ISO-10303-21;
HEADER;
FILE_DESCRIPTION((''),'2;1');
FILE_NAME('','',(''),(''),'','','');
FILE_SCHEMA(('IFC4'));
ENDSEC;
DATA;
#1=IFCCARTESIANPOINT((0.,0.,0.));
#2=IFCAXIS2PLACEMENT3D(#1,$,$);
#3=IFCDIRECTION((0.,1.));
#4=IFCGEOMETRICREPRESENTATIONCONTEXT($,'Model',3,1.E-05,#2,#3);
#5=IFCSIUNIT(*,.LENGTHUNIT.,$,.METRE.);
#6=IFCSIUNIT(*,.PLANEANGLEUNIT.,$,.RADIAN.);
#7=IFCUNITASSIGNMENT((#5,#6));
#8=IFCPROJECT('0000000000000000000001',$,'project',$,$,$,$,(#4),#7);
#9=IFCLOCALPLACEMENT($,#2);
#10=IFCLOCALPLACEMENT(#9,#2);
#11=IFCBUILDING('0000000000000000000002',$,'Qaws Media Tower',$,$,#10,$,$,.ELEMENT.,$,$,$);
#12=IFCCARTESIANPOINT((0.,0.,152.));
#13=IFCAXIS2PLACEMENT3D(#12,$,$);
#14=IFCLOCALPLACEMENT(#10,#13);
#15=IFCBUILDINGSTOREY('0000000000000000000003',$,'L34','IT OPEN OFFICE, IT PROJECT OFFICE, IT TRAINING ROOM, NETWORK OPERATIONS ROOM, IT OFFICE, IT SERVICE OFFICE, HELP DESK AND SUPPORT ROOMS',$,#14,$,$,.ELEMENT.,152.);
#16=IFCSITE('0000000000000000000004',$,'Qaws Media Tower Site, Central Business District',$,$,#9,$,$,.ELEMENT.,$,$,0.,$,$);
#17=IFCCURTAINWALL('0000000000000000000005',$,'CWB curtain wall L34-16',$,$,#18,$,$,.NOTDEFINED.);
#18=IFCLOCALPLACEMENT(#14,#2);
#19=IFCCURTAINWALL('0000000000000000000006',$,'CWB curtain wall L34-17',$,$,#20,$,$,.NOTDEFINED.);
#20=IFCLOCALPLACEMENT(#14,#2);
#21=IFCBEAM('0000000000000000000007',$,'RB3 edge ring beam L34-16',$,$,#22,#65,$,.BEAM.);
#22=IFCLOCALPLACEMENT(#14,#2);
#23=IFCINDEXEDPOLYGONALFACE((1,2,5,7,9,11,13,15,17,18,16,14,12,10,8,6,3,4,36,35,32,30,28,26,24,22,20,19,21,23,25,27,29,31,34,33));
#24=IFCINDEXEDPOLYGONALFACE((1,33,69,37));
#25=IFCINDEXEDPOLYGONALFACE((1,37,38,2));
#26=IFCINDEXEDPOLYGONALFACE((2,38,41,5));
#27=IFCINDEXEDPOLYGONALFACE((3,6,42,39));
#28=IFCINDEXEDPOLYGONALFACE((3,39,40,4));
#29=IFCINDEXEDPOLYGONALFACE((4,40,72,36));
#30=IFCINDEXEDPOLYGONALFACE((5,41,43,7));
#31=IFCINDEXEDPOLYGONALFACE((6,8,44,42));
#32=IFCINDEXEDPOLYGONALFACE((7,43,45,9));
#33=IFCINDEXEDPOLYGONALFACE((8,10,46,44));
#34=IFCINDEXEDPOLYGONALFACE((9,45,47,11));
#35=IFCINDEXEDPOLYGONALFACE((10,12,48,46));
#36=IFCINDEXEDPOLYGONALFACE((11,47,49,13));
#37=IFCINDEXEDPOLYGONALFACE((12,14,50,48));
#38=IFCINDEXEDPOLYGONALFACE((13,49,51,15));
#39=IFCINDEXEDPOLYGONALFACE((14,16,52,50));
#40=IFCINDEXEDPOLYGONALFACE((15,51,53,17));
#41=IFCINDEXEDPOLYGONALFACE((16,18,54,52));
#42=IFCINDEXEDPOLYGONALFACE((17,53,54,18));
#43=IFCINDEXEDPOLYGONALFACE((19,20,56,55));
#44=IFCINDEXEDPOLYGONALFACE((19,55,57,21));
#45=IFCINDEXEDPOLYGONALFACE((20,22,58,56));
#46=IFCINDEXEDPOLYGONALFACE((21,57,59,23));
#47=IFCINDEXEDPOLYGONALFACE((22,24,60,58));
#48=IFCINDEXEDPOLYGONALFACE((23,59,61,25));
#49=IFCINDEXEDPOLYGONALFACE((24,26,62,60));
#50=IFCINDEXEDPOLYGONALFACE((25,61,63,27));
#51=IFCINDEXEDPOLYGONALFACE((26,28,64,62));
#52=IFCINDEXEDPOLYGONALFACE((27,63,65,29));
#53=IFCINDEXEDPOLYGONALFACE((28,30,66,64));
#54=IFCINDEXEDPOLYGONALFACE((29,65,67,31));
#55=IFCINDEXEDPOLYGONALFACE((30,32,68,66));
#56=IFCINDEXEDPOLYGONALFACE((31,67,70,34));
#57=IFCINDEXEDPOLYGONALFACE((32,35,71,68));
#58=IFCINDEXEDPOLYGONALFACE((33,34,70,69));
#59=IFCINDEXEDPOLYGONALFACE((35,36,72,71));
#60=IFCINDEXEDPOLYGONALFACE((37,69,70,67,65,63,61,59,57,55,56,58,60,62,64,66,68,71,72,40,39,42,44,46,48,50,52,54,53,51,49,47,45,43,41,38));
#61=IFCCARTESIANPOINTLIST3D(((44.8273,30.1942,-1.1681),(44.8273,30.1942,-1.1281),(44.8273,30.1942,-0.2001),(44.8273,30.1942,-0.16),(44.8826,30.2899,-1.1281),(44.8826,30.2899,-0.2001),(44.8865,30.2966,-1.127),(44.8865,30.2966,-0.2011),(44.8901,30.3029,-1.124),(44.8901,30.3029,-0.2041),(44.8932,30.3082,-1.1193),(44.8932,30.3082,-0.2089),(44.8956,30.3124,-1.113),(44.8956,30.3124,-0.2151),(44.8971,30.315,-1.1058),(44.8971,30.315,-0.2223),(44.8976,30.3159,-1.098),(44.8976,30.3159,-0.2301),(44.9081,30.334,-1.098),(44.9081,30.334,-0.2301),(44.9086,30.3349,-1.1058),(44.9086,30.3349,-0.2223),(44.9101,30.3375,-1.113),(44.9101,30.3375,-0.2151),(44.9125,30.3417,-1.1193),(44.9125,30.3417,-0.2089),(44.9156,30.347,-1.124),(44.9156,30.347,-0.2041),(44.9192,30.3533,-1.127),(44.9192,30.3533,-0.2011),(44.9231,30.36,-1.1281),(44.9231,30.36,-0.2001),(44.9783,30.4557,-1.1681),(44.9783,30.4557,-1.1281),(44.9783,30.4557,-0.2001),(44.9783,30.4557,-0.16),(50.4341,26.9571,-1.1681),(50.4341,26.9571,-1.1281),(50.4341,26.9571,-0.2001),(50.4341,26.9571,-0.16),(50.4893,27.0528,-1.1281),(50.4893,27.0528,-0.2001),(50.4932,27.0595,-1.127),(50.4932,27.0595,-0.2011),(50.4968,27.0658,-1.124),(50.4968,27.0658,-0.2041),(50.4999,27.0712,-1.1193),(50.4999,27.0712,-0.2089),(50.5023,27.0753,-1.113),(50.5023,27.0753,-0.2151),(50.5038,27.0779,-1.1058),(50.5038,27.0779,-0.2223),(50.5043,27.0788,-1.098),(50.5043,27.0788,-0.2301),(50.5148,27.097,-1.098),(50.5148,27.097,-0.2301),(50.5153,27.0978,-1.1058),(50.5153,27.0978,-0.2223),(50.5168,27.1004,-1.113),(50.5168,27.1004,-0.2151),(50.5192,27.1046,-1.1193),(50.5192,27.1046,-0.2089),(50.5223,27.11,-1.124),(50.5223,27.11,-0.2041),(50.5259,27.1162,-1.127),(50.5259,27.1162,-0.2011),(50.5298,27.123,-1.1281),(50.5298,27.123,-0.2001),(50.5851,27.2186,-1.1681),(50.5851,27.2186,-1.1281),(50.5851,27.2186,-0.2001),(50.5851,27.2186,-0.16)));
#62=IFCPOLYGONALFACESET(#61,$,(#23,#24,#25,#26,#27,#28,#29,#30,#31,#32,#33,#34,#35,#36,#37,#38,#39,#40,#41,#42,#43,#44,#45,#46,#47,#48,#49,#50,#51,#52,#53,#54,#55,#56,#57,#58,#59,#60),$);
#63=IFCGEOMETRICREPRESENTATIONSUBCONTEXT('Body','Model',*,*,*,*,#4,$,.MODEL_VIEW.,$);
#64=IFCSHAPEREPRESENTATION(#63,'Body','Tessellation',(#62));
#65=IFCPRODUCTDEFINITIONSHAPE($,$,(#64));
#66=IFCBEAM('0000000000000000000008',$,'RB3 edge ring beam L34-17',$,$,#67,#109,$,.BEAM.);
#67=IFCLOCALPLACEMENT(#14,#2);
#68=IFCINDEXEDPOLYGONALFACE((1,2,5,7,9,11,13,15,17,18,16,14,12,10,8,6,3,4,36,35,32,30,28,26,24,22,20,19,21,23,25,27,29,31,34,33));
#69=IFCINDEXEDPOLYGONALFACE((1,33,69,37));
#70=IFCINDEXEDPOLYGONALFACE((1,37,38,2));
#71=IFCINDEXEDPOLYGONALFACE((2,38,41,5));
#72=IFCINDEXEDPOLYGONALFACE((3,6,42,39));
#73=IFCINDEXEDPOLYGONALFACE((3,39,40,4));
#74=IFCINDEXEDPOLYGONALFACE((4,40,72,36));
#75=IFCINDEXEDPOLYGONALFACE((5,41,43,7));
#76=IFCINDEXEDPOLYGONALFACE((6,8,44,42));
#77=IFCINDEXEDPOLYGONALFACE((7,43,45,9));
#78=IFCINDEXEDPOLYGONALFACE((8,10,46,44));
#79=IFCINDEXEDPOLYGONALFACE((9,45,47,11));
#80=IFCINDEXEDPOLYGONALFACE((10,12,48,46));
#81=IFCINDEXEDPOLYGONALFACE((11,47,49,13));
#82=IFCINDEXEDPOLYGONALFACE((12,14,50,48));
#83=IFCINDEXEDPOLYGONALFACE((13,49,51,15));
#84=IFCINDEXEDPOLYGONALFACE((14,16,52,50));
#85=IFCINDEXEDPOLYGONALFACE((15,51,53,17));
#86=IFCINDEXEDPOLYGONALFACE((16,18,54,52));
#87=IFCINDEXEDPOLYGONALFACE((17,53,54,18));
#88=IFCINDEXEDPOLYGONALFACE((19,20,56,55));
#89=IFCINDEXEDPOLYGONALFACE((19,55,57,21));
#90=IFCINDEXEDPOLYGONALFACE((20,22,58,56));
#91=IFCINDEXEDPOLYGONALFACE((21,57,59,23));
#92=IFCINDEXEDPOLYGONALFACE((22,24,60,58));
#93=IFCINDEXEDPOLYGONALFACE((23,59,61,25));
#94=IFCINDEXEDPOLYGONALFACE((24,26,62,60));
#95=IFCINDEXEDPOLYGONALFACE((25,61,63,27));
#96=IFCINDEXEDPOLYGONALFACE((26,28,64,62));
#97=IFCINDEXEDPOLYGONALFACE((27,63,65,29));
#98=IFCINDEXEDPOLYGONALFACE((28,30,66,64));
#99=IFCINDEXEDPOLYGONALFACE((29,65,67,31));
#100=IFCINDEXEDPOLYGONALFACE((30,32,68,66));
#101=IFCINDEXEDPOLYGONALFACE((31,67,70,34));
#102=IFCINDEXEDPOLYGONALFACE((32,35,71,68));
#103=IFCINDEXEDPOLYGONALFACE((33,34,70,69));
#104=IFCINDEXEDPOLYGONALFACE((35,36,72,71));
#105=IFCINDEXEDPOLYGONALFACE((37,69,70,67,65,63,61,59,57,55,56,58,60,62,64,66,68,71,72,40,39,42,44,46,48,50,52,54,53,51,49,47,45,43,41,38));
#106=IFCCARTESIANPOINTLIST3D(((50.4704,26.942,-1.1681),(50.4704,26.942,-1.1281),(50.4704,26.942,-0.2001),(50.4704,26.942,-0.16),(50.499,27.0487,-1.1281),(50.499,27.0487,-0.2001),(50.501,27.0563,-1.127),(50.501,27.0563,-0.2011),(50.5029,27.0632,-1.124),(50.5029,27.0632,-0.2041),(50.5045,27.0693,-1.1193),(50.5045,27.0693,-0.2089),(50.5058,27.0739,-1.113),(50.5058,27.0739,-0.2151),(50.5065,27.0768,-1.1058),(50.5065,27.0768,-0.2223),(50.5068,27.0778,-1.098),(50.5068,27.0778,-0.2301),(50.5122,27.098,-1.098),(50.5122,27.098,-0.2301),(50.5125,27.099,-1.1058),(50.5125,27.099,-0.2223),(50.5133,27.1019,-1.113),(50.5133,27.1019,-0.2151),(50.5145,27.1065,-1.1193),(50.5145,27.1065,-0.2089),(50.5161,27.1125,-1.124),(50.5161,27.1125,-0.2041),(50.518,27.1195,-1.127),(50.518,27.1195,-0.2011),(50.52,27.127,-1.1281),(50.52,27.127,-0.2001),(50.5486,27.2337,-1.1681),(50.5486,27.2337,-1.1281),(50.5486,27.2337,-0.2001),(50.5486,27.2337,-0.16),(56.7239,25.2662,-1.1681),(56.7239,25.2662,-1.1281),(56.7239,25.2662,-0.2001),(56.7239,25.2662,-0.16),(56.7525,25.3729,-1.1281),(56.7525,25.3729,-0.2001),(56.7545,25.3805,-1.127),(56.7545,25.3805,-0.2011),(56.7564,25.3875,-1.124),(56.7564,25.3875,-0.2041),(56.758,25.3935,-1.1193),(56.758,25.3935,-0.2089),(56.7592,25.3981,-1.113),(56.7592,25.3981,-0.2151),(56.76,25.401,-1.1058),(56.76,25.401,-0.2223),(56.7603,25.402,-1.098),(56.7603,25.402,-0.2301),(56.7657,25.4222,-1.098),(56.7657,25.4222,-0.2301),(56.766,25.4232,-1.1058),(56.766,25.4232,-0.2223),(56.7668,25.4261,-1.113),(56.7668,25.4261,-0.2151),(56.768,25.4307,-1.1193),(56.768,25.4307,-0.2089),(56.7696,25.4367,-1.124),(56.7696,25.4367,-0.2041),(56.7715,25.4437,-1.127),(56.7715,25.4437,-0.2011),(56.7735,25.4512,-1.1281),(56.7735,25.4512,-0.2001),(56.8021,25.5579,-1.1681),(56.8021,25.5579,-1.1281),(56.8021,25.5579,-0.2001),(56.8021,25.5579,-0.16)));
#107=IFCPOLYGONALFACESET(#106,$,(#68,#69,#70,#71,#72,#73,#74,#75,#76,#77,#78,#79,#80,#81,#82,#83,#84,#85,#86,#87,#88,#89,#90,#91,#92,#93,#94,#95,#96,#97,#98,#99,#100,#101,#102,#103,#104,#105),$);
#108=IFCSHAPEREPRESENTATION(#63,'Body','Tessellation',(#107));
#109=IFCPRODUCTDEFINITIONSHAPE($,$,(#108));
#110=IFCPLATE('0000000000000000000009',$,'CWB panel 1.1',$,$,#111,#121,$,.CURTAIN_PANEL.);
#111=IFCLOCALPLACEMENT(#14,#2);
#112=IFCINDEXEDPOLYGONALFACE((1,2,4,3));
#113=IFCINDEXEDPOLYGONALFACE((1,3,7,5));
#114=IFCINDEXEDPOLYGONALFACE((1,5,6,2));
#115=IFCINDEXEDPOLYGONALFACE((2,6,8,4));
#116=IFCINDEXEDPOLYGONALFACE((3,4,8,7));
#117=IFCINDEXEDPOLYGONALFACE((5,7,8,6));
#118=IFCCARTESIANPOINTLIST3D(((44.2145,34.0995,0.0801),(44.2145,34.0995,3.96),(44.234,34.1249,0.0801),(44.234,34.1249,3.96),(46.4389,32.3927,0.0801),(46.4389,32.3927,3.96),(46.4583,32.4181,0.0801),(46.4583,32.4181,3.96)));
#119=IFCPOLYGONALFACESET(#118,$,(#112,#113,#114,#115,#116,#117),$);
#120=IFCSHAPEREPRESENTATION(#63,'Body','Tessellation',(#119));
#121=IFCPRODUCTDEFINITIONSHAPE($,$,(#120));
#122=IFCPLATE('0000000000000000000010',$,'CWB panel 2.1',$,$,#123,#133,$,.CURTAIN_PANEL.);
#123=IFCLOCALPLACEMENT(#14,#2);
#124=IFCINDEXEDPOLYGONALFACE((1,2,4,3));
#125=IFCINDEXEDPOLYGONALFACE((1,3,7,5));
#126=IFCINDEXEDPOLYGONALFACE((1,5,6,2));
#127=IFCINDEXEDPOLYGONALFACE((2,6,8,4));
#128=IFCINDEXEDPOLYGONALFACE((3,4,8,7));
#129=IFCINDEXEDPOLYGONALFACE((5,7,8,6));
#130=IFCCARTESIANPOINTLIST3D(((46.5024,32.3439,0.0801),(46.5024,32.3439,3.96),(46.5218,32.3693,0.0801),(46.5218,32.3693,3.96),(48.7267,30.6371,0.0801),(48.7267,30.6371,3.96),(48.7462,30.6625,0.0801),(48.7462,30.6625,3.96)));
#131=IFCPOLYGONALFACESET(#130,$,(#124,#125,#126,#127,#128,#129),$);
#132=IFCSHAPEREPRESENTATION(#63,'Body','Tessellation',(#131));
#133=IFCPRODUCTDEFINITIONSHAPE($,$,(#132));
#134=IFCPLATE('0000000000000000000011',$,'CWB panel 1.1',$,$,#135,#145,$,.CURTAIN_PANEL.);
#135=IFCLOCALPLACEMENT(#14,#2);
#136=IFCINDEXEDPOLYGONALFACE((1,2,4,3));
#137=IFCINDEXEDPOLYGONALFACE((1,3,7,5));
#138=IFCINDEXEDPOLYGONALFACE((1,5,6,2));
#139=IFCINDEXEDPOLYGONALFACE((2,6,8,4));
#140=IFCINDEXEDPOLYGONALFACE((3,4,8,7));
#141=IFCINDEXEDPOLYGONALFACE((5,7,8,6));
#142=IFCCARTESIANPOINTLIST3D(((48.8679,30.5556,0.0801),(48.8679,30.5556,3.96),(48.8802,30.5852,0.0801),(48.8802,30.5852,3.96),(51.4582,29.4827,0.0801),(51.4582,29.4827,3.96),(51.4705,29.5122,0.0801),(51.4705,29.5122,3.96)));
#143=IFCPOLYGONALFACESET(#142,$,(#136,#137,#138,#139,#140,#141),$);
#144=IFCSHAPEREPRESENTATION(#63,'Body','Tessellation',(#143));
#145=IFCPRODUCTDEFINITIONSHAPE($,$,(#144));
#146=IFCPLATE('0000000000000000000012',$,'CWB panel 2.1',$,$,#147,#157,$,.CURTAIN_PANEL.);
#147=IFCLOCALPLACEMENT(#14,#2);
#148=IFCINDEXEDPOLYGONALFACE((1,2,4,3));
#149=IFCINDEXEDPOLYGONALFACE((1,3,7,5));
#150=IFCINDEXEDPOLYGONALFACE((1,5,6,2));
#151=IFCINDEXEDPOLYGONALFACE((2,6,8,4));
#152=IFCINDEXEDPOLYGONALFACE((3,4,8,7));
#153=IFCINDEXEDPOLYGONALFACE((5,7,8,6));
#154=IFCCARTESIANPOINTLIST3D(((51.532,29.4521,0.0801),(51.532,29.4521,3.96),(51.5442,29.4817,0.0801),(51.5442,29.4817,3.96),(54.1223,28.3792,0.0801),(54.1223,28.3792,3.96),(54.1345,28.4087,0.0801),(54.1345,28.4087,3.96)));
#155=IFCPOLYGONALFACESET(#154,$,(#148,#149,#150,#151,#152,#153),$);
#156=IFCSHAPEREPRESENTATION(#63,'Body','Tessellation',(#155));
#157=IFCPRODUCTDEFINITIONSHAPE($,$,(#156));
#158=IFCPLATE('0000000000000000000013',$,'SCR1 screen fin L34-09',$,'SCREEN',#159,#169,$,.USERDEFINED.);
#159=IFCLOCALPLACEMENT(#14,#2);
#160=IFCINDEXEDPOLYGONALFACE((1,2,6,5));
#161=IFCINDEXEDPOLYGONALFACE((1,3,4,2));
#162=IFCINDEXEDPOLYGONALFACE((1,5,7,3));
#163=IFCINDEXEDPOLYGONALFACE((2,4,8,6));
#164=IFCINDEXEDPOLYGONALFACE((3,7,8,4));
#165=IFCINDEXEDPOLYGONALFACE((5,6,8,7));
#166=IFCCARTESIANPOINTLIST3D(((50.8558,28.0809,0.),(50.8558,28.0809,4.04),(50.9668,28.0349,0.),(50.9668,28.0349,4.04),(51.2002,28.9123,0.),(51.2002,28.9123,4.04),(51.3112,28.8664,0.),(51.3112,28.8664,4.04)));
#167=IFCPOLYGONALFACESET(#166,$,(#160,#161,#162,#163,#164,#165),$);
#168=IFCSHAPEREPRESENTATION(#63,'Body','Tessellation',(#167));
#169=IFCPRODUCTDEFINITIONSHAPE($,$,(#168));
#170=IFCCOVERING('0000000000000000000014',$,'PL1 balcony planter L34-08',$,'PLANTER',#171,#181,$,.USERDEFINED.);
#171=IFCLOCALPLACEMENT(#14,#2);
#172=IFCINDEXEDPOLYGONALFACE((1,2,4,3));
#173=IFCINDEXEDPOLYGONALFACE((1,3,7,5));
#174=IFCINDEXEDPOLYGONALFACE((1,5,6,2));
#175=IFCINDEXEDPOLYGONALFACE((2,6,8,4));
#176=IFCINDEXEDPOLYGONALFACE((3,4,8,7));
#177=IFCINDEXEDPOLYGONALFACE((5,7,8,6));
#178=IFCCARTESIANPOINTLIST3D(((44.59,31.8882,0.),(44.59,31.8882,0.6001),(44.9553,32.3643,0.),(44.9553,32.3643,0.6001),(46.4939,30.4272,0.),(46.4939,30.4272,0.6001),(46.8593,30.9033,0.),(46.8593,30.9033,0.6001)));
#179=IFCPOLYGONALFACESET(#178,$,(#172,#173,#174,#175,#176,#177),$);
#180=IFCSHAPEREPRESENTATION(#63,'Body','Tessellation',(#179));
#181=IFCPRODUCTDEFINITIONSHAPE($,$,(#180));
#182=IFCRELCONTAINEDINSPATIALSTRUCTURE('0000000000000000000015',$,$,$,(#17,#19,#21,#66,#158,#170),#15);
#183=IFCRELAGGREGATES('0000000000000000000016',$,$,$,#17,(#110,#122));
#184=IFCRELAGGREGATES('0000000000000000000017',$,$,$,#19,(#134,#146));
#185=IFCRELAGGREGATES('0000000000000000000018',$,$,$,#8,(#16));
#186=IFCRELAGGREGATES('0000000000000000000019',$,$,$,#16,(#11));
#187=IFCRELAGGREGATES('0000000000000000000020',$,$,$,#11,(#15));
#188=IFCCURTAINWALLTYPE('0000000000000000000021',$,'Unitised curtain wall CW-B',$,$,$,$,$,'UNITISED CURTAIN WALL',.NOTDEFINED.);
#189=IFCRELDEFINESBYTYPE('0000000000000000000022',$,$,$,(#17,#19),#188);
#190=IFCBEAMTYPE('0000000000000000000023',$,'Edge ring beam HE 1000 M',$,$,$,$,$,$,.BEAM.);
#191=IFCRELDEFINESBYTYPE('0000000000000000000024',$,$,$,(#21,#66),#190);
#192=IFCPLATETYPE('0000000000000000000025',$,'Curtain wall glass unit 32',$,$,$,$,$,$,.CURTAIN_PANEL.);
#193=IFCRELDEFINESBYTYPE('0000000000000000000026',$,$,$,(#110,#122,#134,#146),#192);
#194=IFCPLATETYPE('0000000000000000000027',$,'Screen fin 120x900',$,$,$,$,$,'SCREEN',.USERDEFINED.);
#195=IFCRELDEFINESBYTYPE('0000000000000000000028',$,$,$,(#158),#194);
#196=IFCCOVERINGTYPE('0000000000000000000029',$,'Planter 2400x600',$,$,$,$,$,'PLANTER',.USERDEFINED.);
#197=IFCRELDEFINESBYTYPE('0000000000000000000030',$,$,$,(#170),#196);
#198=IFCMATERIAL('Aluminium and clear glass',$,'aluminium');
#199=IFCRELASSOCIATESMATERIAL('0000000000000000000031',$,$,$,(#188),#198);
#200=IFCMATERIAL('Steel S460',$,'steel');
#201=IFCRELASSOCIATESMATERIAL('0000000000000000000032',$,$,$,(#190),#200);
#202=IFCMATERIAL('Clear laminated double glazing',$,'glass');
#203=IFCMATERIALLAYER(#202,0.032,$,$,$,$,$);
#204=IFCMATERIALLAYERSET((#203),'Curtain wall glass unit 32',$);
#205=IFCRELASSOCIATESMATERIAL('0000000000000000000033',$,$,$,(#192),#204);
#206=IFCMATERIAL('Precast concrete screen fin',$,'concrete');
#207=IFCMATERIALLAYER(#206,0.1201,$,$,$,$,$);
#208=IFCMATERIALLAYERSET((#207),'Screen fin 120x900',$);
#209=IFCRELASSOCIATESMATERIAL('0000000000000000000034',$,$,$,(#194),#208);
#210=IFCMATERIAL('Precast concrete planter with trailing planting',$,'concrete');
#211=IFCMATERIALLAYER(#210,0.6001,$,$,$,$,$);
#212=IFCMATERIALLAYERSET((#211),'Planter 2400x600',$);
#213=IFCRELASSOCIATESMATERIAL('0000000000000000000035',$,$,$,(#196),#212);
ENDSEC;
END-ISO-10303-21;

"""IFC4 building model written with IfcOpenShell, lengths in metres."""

from ifc_helpers import new_model, si_unit, direction, frame, origin, origin_2d, place, context, subcontext, project, spatial, rectangle, i_section, extrude, material, layer, layer_set, material_profile, profile_set, type_object, element, aggregate, save


model = new_model("IFC4")

# Units and contexts
model_context = context("Model", 3, precision=1e-05, world=origin(), true_north=direction((0.0, 1.0)))
body_context = subcontext(model_context, "Body", "Model", "MODEL_VIEW")
ifc_project = project(units=[si_unit("LENGTHUNIT", "METRE"), si_unit("PLANEANGLEUNIT", "RADIAN")], contexts=[model_context])

# Site, building, storey
site_placement = place(None, origin())
site = spatial("IfcSite", under=ifc_project, at=site_placement, Name="Qaws Media Tower Site, Central Business District", CompositionType="ELEMENT", RefElevation=0.0)
building_placement = place(site_placement, origin())
building = spatial("IfcBuilding", under=site, at=building_placement, Name="Qaws Media Tower", CompositionType="ELEMENT")
storey_placement = place(building_placement, frame((0.0, 0.0, 152.0)))
storey = spatial("IfcBuildingStorey", under=building, at=storey_placement, Name="L34", Description="IT OPEN OFFICE, IT PROJECT OFFICE, IT TRAINING ROOM, NETWORK OPERATIONS ROOM, IT OFFICE, IT SERVICE OFFICE, HELP DESK AND SUPPORT ROOMS", CompositionType="ELEMENT", Elevation=152.0)

# Curtain walls
ifc_material_1 = material(Name="Aluminium and clear glass", Category="aluminium")
curtain_wall_type = type_object("IfcCurtainWallType", Name="Unitised curtain wall CW-B", ElementType="UNITISED CURTAIN WALL", PredefinedType="NOTDEFINED", material=ifc_material_1)
curtain_wall_1_placement = place(storey_placement, origin())
curtain_wall_1 = element("IfcCurtainWall", 1, at=curtain_wall_1_placement, inside=storey, type_object=curtain_wall_type, Name="CWB curtain wall L34-16", PredefinedType="NOTDEFINED")
curtain_wall_2_placement = place(storey_placement, origin())
curtain_wall_2 = element("IfcCurtainWall", 2, at=curtain_wall_2_placement, inside=storey, type_object=curtain_wall_type, Name="CWB curtain wall L34-17", PredefinedType="NOTDEFINED")

# Beams
ifc_material_2 = material(Name="Steel S460", Category="steel")
ifc_material_profile_1 = material_profile(ifc_material_2, i_section(OverallWidth=0.302, OverallDepth=1.0081, WebThickness=0.021, FlangeThickness=0.04, FilletRadius=0.03, at=origin_2d()), Name="HE 1000 M")
ifc_profile_set_1 = profile_set([ifc_material_profile_1], Name="Steel S460")
beam_type = type_object("IfcBeamType", Name="Edge ring beam HE 1000 M", PredefinedType="BEAM", material=ifc_profile_set_1)
for number, where, z_axis, x_axis, name in (
    (3, (44.9028, 30.325, -0.6641), (0.866023, -0.500004, 0.0), (0.500004, 0.866023, 0.0), "RB3 edge ring beam L34-16"),
    (4, (50.5095, 27.0879, -0.6641), (0.965919, -0.258845, 0.0), (0.258845, 0.965919, 0.0), "RB3 edge ring beam L34-17"),
):
    element("IfcBeam", number, at=place(storey_placement, frame(where, z_axis=z_axis, x_axis=x_axis)), inside=storey, type_object=beam_type, Name=name, PredefinedType="BEAM", context=body_context, shape_type="SweptSolid", body=[
        extrude(i_section(OverallWidth=0.302, OverallDepth=1.0081, WebThickness=0.021, FlangeThickness=0.04, FilletRadius=0.03, at=origin_2d()), origin(), (0.0, 0.0, 1.0), 6.4741),
    ])

# Plates
ifc_material_3 = material(Name="Clear laminated double glazing", Category="glass")
ifc_layer_1 = layer(ifc_material_3, 0.032)
ifc_layer_set_1 = layer_set([ifc_layer_1], Name="Curtain wall glass unit 32")
plate_type_1 = type_object("IfcPlateType", Name="Curtain wall glass unit 32", PredefinedType="CURTAIN_PANEL", material=ifc_layer_set_1)
plate_1_placement = place(storey_placement, frame((45.3364, 33.2588, 0.0801), z_axis=(0.0, 0.0, 1.0), x_axis=(0.793353, -0.608761, 0.0)))
plate_1 = element("IfcPlate", 5, at=plate_1_placement, type_object=plate_type_1, Name="CWB panel 1.1", PredefinedType="CURTAIN_PANEL", context=body_context, shape_type="SweptSolid", body=[
    extrude(rectangle(XDim=2.8037, YDim=0.032, at=origin_2d()), origin(), (0.0, 0.0, 1.0), 3.8799),
])
plate_2_placement = place(storey_placement, frame((47.6243, 31.5032, 0.0801), z_axis=(0.0, 0.0, 1.0), x_axis=(0.793353, -0.608761, 0.0)))
plate_2 = element("IfcPlate", 6, at=plate_2_placement, type_object=plate_type_1, Name="CWB panel 2.1", PredefinedType="CURTAIN_PANEL", context=body_context, shape_type="SweptSolid", body=[
    extrude(rectangle(XDim=2.8037, YDim=0.032, at=origin_2d()), origin(), (0.0, 0.0, 1.0), 3.8799),
])
aggregate(curtain_wall_1, [plate_1, plate_2])
plate_3_placement = place(storey_placement, frame((50.1692, 30.0339, 0.0801), z_axis=(0.0, 0.0, 1.0), x_axis=(0.923879, -0.382684, 0.0)))
plate_3 = element("IfcPlate", 7, at=plate_3_placement, type_object=plate_type_1, Name="CWB panel 1.1", PredefinedType="CURTAIN_PANEL", context=body_context, shape_type="SweptSolid", body=[
    extrude(rectangle(XDim=2.8037, YDim=0.032, at=origin_2d()), origin(), (0.0, 0.0, 1.0), 3.8799),
])
plate_4_placement = place(storey_placement, frame((52.8333, 28.9304, 0.0801), z_axis=(0.0, 0.0, 1.0), x_axis=(0.923879, -0.382684, 0.0)))
plate_4 = element("IfcPlate", 8, at=plate_4_placement, type_object=plate_type_1, Name="CWB panel 2.1", PredefinedType="CURTAIN_PANEL", context=body_context, shape_type="SweptSolid", body=[
    extrude(rectangle(XDim=2.8037, YDim=0.032, at=origin_2d()), origin(), (0.0, 0.0, 1.0), 3.8799),
])
aggregate(curtain_wall_2, [plate_3, plate_4])
ifc_material_4 = material(Name="Precast concrete screen fin", Category="concrete")
ifc_layer_2 = layer(ifc_material_4, 0.1201)
ifc_layer_set_2 = layer_set([ifc_layer_2], Name="Screen fin 120x900")
plate_type_2 = type_object("IfcPlateType", Name="Screen fin 120x900", ElementType="SCREEN", PredefinedType="USERDEFINED", material=ifc_layer_set_2)
plate_5_placement = place(storey_placement, frame((51.0835, 28.4736, 0.0), z_axis=(0.0, 0.0, 1.0), x_axis=(-0.382683, -0.92388, 0.0)))
element("IfcPlate", 9, at=plate_5_placement, inside=storey, type_object=plate_type_2, Name="SCR1 screen fin L34-09", ObjectType="SCREEN", PredefinedType="USERDEFINED", context=body_context, shape_type="SweptSolid", body=[
    extrude(rectangle(XDim=0.8999, YDim=0.1201, at=origin_2d()), origin(), (0.0, 0.0, 1.0), 4.04),
])

# Covering
ifc_material_5 = material(Name="Precast concrete planter with trailing planting", Category="concrete")
ifc_layer_3 = layer(ifc_material_5, 0.6001)
ifc_layer_set_3 = layer_set([ifc_layer_3], Name="Planter 2400x600")
covering_type = type_object("IfcCoveringType", Name="Planter 2400x600", ElementType="PLANTER", PredefinedType="USERDEFINED", material=ifc_layer_set_3)
covering_placement = place(storey_placement, frame((45.7246, 31.3958, 0.0), z_axis=(0.0, 0.0, 1.0), x_axis=(0.793353, -0.608761, 0.0)))
element("IfcCovering", 10, at=covering_placement, inside=storey, type_object=covering_type, Name="PL1 balcony planter L34-08", ObjectType="PLANTER", PredefinedType="USERDEFINED", context=body_context, shape_type="SweptSolid", body=[
    extrude(rectangle(XDim=2.3999, YDim=0.6001, at=origin_2d()), origin(), (0.0, 0.0, 1.0), 0.6001),
])

save(model, "model.ifc")
